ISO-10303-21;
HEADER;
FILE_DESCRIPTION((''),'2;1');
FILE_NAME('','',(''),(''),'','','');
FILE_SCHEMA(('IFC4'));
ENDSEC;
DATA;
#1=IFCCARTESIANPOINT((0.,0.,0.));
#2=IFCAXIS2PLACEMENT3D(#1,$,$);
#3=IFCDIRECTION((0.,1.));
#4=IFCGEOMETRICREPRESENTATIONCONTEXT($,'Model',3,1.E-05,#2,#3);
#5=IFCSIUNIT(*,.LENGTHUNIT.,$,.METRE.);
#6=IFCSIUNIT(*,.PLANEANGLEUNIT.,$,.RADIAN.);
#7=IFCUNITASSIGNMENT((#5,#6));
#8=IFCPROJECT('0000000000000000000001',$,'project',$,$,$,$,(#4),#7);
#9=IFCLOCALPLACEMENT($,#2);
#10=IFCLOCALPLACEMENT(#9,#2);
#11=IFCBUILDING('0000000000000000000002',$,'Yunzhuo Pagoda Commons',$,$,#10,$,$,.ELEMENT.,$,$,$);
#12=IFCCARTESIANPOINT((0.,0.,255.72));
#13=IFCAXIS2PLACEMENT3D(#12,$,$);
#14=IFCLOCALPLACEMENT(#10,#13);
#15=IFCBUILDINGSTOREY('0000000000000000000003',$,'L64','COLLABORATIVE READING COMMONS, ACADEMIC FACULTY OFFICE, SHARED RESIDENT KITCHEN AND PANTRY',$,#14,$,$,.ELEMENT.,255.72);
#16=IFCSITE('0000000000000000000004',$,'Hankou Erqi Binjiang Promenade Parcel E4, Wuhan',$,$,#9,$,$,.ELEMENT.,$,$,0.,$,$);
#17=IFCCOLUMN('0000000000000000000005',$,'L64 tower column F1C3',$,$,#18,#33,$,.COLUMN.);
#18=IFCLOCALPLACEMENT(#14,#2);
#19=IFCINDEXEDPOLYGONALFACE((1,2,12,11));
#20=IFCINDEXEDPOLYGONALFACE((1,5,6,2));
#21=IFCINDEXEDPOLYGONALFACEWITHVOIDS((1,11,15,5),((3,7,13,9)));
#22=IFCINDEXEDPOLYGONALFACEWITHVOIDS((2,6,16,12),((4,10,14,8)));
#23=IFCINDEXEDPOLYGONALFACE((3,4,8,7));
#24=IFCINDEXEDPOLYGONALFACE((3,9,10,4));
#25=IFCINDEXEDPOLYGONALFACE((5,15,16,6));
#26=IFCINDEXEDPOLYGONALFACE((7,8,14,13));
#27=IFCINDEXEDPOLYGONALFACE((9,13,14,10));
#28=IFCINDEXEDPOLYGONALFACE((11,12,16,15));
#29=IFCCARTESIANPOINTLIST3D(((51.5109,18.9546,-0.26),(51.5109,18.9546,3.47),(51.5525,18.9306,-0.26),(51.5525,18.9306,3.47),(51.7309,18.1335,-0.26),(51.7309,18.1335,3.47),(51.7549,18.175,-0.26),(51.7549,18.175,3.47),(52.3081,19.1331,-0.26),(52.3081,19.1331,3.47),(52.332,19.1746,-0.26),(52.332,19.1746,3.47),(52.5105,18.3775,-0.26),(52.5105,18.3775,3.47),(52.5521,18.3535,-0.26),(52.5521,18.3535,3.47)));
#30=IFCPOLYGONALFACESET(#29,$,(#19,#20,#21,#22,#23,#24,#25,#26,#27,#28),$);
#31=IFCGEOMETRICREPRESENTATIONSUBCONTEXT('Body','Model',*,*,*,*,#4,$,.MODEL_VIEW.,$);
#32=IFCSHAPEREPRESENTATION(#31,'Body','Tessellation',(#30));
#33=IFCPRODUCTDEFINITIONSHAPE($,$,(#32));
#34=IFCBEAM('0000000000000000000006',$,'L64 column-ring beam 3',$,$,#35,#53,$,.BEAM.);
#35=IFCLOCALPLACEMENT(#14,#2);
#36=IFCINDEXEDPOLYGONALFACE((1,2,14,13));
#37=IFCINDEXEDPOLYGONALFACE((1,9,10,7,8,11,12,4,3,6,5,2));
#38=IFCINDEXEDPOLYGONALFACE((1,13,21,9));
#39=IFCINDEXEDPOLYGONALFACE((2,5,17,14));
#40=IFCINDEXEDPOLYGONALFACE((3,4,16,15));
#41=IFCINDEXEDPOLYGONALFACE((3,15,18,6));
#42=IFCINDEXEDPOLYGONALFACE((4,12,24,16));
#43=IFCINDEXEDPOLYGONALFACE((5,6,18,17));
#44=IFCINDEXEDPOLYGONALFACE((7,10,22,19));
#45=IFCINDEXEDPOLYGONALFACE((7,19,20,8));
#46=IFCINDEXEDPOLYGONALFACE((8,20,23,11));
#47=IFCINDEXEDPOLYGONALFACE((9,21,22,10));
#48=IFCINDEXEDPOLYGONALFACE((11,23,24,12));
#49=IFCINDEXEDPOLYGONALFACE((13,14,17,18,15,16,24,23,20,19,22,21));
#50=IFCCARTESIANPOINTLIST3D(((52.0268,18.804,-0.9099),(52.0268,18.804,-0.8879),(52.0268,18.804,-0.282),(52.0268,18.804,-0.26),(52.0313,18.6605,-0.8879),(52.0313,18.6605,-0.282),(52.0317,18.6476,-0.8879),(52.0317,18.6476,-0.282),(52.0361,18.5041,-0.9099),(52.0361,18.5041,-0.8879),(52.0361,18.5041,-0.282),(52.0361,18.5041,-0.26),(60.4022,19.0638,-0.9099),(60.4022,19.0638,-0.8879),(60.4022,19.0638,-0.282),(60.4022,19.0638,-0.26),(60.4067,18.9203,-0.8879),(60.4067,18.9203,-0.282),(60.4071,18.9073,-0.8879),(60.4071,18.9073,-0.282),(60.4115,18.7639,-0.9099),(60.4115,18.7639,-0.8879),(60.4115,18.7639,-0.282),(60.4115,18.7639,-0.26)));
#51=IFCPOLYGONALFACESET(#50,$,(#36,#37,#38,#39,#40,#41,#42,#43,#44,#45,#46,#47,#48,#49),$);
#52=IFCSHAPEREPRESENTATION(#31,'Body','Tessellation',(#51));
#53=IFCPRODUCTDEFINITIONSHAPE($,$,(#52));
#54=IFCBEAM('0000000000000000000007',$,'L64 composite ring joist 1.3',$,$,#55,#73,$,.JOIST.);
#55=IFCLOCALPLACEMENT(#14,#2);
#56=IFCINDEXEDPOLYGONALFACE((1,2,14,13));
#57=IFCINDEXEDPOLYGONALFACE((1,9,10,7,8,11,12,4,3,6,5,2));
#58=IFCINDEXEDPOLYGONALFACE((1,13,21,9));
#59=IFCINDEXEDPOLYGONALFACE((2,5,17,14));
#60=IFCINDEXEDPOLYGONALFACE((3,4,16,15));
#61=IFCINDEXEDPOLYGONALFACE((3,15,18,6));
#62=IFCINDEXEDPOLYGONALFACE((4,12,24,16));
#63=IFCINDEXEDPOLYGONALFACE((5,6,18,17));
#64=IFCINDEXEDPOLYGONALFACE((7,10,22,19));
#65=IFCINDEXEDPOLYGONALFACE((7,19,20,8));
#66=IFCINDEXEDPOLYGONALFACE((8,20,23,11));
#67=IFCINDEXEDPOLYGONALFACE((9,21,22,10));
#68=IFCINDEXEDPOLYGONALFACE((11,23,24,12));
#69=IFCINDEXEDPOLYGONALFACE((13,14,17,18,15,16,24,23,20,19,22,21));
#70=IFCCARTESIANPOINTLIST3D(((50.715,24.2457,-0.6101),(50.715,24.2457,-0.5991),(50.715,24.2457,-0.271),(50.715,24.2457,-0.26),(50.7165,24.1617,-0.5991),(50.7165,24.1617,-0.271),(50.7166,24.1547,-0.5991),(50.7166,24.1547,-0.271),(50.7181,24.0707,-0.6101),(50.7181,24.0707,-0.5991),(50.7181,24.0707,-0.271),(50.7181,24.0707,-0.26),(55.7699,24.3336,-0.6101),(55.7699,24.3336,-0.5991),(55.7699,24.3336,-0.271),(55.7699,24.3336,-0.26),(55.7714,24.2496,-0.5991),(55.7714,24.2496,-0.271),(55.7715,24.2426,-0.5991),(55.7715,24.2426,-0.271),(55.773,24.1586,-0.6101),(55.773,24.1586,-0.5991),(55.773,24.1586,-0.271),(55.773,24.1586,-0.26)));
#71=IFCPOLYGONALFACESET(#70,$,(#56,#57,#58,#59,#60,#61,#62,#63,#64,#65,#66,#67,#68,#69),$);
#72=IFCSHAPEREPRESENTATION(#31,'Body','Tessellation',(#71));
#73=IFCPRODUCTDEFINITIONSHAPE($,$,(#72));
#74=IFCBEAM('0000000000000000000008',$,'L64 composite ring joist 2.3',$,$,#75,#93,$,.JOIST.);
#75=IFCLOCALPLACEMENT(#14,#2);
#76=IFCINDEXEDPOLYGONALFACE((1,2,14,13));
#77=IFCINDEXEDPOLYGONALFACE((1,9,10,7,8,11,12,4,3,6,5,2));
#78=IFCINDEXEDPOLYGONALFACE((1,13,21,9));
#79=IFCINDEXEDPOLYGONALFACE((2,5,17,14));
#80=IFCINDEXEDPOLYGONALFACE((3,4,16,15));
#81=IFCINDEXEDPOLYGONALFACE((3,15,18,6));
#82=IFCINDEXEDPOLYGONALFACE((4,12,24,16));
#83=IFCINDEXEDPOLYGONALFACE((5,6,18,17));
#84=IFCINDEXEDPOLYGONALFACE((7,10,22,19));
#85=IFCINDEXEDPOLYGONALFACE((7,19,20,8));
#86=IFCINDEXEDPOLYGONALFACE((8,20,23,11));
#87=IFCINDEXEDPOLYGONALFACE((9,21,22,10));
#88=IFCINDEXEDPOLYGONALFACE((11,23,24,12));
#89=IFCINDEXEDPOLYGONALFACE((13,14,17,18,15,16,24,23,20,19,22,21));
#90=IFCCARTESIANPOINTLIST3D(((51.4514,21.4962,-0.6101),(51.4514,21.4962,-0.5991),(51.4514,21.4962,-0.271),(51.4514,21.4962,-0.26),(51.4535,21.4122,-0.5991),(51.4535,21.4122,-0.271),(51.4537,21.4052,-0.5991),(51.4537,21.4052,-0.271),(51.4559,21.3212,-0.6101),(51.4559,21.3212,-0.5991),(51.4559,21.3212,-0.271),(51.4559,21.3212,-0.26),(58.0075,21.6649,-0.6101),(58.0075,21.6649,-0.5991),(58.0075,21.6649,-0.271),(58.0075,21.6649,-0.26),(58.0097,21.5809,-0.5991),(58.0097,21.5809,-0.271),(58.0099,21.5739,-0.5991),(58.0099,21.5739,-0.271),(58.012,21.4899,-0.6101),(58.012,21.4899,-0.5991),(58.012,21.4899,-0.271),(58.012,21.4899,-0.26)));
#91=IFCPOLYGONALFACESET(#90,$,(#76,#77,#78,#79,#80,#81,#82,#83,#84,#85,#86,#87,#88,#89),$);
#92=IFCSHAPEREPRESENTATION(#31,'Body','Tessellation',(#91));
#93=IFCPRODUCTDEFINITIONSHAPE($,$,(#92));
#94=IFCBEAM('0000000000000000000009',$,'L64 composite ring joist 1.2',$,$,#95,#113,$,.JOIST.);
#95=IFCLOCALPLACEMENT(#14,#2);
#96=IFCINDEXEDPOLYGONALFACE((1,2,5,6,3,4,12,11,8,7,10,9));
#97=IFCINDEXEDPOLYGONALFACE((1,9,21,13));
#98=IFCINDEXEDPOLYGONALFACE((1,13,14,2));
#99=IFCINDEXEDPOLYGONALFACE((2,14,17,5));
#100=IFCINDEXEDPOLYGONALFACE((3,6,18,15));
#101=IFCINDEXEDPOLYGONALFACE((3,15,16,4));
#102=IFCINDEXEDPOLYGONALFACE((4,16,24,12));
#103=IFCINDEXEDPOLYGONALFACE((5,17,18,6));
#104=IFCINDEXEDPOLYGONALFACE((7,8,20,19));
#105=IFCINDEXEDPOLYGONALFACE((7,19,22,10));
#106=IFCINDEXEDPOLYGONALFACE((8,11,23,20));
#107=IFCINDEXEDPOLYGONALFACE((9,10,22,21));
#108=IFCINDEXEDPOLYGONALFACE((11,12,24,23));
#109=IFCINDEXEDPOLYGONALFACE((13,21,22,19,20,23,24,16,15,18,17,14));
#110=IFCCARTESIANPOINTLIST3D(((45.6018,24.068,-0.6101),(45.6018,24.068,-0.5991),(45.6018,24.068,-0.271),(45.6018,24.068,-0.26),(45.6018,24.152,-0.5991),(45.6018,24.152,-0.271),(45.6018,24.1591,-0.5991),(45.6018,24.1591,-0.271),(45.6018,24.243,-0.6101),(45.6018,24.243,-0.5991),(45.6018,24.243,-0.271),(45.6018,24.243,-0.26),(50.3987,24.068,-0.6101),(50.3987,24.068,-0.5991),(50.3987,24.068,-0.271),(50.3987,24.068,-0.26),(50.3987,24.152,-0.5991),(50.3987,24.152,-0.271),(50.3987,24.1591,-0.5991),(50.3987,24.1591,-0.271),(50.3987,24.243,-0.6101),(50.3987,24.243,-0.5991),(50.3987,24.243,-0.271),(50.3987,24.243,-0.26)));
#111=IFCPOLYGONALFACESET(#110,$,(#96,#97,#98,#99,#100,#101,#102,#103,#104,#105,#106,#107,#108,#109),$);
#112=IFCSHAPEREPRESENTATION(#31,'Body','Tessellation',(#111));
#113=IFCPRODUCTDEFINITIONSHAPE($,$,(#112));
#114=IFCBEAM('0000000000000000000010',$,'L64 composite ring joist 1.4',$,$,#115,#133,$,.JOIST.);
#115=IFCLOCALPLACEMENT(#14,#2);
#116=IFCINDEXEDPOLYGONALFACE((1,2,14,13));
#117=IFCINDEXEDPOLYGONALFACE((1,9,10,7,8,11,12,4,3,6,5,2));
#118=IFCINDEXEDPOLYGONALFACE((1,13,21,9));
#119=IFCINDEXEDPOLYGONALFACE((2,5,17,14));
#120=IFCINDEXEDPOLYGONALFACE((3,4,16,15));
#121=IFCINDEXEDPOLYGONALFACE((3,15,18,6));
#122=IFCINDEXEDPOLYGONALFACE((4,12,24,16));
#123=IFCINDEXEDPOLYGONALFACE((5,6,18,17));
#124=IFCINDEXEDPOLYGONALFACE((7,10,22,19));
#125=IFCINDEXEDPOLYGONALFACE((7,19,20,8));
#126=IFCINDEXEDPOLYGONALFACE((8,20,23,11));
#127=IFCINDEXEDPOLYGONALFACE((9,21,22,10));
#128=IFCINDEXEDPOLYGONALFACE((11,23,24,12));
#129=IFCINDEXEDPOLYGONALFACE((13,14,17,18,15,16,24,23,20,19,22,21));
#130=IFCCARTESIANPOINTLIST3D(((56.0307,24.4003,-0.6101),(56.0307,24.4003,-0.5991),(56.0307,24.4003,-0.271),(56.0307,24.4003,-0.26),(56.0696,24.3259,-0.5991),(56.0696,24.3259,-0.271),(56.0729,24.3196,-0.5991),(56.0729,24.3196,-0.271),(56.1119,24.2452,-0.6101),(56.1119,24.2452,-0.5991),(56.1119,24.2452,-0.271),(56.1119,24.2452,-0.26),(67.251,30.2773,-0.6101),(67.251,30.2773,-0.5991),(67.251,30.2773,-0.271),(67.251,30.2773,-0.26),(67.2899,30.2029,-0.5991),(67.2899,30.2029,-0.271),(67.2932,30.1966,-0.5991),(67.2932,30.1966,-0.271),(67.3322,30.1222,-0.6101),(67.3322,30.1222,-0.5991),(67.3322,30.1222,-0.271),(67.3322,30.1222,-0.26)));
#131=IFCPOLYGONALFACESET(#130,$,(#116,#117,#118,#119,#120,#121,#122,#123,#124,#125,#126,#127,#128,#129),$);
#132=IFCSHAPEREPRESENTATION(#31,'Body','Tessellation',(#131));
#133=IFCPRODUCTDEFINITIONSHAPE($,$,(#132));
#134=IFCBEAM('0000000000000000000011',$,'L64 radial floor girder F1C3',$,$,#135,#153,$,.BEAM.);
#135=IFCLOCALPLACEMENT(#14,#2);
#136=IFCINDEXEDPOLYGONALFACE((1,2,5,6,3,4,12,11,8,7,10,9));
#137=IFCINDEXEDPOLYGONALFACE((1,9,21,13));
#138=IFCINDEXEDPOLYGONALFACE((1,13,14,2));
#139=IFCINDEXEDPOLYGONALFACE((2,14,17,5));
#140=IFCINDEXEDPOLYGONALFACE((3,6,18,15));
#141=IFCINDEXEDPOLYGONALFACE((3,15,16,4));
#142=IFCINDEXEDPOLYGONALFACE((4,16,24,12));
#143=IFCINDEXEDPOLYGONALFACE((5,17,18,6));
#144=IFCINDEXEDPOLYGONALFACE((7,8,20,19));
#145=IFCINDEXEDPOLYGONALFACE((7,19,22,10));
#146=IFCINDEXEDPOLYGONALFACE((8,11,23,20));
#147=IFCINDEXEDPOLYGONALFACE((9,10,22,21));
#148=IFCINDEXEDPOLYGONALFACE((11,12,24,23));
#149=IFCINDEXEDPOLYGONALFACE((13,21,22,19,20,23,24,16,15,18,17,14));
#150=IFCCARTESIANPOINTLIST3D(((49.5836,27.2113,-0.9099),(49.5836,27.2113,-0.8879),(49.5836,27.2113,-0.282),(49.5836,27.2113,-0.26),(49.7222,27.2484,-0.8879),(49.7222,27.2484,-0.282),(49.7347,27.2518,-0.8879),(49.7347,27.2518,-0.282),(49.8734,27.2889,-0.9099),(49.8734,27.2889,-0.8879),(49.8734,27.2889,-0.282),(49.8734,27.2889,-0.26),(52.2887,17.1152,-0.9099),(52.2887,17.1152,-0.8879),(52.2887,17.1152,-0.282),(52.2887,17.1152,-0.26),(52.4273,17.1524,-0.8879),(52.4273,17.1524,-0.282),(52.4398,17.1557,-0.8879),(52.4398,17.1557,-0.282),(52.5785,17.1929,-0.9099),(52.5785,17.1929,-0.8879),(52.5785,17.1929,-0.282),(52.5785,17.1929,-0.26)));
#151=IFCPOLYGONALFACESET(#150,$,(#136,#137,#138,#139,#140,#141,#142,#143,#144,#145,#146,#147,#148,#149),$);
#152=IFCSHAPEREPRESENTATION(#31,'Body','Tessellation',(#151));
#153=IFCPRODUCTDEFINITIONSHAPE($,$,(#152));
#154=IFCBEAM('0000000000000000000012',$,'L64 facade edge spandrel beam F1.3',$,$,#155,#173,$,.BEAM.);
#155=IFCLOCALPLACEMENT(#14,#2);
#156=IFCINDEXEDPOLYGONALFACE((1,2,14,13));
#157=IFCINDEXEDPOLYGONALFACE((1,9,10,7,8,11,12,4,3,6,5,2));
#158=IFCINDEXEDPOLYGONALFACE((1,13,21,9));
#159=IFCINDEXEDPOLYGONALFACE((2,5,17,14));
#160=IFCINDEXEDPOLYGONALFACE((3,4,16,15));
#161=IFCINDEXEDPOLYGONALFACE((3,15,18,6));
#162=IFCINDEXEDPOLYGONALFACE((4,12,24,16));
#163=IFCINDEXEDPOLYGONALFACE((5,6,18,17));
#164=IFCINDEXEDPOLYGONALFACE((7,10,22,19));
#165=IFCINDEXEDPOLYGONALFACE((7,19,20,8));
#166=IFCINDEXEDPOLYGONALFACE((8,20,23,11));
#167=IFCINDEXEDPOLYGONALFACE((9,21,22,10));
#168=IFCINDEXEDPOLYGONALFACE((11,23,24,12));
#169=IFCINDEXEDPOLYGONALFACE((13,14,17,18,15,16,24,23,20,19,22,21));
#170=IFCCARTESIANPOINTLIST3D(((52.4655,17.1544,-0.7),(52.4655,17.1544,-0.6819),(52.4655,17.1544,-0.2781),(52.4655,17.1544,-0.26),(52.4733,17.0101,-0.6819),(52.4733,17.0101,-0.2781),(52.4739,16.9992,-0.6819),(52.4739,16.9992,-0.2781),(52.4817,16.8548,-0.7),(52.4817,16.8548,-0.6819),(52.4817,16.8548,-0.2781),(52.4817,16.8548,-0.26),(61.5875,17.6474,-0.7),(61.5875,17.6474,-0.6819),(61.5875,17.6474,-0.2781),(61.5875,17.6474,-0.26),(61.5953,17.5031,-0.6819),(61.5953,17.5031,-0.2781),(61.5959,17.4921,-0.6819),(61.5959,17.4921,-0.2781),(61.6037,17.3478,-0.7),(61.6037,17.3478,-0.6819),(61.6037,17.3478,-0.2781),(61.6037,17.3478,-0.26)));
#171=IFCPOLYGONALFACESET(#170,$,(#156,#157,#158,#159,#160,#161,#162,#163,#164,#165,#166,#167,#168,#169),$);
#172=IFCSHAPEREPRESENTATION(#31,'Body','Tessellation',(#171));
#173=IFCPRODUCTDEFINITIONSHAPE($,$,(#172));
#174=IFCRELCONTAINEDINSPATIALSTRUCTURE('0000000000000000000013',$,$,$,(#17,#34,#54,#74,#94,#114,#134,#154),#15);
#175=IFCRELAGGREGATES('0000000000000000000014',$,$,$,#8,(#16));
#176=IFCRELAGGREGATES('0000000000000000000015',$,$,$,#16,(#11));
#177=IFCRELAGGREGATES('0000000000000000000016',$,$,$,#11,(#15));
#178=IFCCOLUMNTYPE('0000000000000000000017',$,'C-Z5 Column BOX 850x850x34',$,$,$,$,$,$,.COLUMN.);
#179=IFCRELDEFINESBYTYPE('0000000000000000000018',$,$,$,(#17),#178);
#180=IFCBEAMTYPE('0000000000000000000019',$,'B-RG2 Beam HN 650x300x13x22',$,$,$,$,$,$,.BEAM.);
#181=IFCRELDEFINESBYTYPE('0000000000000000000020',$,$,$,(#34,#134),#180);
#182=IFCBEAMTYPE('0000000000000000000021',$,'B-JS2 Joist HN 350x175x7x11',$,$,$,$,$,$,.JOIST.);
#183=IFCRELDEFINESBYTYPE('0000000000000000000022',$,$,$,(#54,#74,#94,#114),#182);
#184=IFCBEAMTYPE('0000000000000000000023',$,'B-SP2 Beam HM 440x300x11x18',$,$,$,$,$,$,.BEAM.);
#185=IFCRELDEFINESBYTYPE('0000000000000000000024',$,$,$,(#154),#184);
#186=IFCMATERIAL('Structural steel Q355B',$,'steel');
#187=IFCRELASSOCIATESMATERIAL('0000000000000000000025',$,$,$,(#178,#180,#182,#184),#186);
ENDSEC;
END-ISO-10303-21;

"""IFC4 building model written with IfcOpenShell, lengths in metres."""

from ifc_helpers import new_model, si_unit, direction, frame, origin, origin_2d, place, context, subcontext, project, spatial, hollow_rectangle, i_section, extrude, source, transform, mapped, material, material_profile, profile_set, type_object, element, save


model = new_model("IFC4")

# Units and contexts
model_context = context("Model", 3, precision=1e-05, world=origin(), true_north=direction((0.0, 1.0)))
body_context = subcontext(model_context, "Body", "Model", "MODEL_VIEW")
ifc_project = project(units=[si_unit("LENGTHUNIT", "METRE"), si_unit("PLANEANGLEUNIT", "RADIAN")], contexts=[model_context])

# Site, building, storey
site_placement = place(None, origin())
site = spatial("IfcSite", under=ifc_project, at=site_placement, Name="Hankou Erqi Binjiang Promenade Parcel E4, Wuhan", CompositionType="ELEMENT", RefElevation=0.0)
building_placement = place(site_placement, origin())
building = spatial("IfcBuilding", under=site, at=building_placement, Name="Yunzhuo Pagoda Commons", CompositionType="ELEMENT")
storey_placement = place(building_placement, frame((0.0, 0.0, 255.72)))
storey = spatial("IfcBuildingStorey", under=building, at=storey_placement, Name="L64", Description="COLLABORATIVE READING COMMONS, ACADEMIC FACULTY OFFICE, SHARED RESIDENT KITCHEN AND PANTRY", CompositionType="ELEMENT", Elevation=255.72)

# Column
ifc_material_1 = material(Name="Structural steel Q355B", Category="steel")
ifc_material_profile_1 = material_profile(ifc_material_1, hollow_rectangle(XDim=0.8501, YDim=0.8501, WallThickness=0.0339, at=origin_2d()), Name="Structural steel Q355B")
ifc_profile_set_1 = profile_set([ifc_material_profile_1], Name="Structural steel Q355B")
column_type = type_object("IfcColumnType", Name="C-Z5 Column BOX 850x850x34", PredefinedType="COLUMN", material=ifc_profile_set_1)
shared_shape_1 = source(origin(), body_context, "Body", "SweptSolid", [
    extrude(hollow_rectangle(XDim=0.8501, YDim=0.8501, WallThickness=0.0339, at=origin_2d()), origin(), (0.0, 0.0, 1.0), 3.73),
])
column_placement = place(storey_placement, frame((52.0315, 18.6541, -0.26), z_axis=(0.0, 0.0, 1.0), x_axis=(0.965926, 0.258819, 0.0)))
element("IfcColumn", 1, at=column_placement, inside=storey, type_object=column_type, Name="L64 tower column F1C3", PredefinedType="COLUMN", context=body_context, shape_type="MappedRepresentation", body=[
    mapped(shared_shape_1, transform((0.0, 0.0, 0.0), scale=1.0)),
])

# Beams
ifc_material_profile_2 = material_profile(ifc_material_1, i_section(OverallWidth=0.3, OverallDepth=0.6499, WebThickness=0.0129, FlangeThickness=0.022, at=origin_2d()), Name="Structural steel Q355B")
ifc_profile_set_2 = profile_set([ifc_material_profile_2], Name="Structural steel Q355B")
beam_type_1 = type_object("IfcBeamType", Name="B-RG2 Beam HN 650x300x13x22", PredefinedType="BEAM", material=ifc_profile_set_2)
shared_shape_2 = source(origin(), body_context, "Body", "SweptSolid", [
    extrude(i_section(OverallWidth=0.3, OverallDepth=0.6499, WebThickness=0.0129, FlangeThickness=0.022, at=origin_2d()), origin(), (0.0, 0.0, 1.0), 8.3794),
])
beam_1_placement = place(storey_placement, frame((52.0315, 18.6541, -0.585), z_axis=(0.999519, 0.031, 0.0), x_axis=(-0.031, 0.999519, 0.0)))
element("IfcBeam", 2, at=beam_1_placement, inside=storey, type_object=beam_type_1, Name="L64 column-ring beam 3", PredefinedType="BEAM", context=body_context, shape_type="MappedRepresentation", body=[
    mapped(shared_shape_2, transform((0.0, 0.0, 0.0), scale=1.0)),
])
ifc_material_profile_3 = material_profile(ifc_material_1, i_section(OverallWidth=0.175, OverallDepth=0.3501, WebThickness=0.0071, FlangeThickness=0.011, at=origin_2d()), Name="Structural steel Q355B")
ifc_profile_set_3 = profile_set([ifc_material_profile_3], Name="Structural steel Q355B")
beam_type_2 = type_object("IfcBeamType", Name="B-JS2 Joist HN 350x175x7x11", PredefinedType="JOIST", material=ifc_profile_set_3)
shared_shape_3 = source(origin(), body_context, "Body", "SweptSolid", [
    extrude(i_section(OverallWidth=0.175, OverallDepth=0.3501, WebThickness=0.0071, FlangeThickness=0.011, at=origin_2d()), origin(), (0.0, 0.0, 1.0), 5.0557),
])
beam_2_placement = place(storey_placement, frame((50.7166, 24.1582, -0.4351), z_axis=(0.999849, 0.017384, 0.0), x_axis=(-0.017384, 0.999849, 0.0)))
element("IfcBeam", 3, at=beam_2_placement, inside=storey, type_object=beam_type_2, Name="L64 composite ring joist 1.3", PredefinedType="JOIST", context=body_context, shape_type="MappedRepresentation", body=[
    mapped(shared_shape_3, transform((0.0, 0.0, 0.0), scale=1.0)),
])
shared_shape_4 = source(origin(), body_context, "Body", "SweptSolid", [
    extrude(i_section(OverallWidth=0.175, OverallDepth=0.3501, WebThickness=0.0071, FlangeThickness=0.011, at=origin_2d()), origin(), (0.0, 0.0, 1.0), 6.5583),
])
beam_3_placement = place(storey_placement, frame((51.4536, 21.4087, -0.4351), z_axis=(0.999669, 0.025723, 0.0), x_axis=(-0.025723, 0.999669, 0.0)))
element("IfcBeam", 4, at=beam_3_placement, inside=storey, type_object=beam_type_2, Name="L64 composite ring joist 2.3", PredefinedType="JOIST", context=body_context, shape_type="MappedRepresentation", body=[
    mapped(shared_shape_4, transform((0.0, 0.0, 0.0), scale=1.0)),
])
shared_shape_5 = source(origin(), body_context, "Body", "SweptSolid", [
    extrude(i_section(OverallWidth=0.175, OverallDepth=0.3501, WebThickness=0.0071, FlangeThickness=0.011, at=origin_2d()), origin(), (0.0, 0.0, 1.0), 4.7969),
])
beam_4_placement = place(storey_placement, frame((45.6018, 24.1555, -0.4351), z_axis=(1.0, 0.0, 0.0), x_axis=(0.0, 1.0, 0.0)))
element("IfcBeam", 5, at=beam_4_placement, inside=storey, type_object=beam_type_2, Name="L64 composite ring joist 1.2", PredefinedType="JOIST", context=body_context, shape_type="MappedRepresentation", body=[
    mapped(shared_shape_5, transform((0.0, 0.0, 0.0), scale=1.0)),
])
shared_shape_6 = source(origin(), body_context, "Body", "SweptSolid", [
    extrude(i_section(OverallWidth=0.175, OverallDepth=0.3501, WebThickness=0.0071, FlangeThickness=0.011, at=origin_2d()), origin(), (0.0, 0.0, 1.0), 12.6663),
])
beam_5_placement = place(storey_placement, frame((56.0713, 24.3228, -0.4351), z_axis=(0.885841, 0.463988, 0.0), x_axis=(-0.463988, 0.885841, 0.0)))
element("IfcBeam", 6, at=beam_5_placement, inside=storey, type_object=beam_type_2, Name="L64 composite ring joist 1.4", PredefinedType="JOIST", context=body_context, shape_type="MappedRepresentation", body=[
    mapped(shared_shape_6, transform((0.0, 0.0, 0.0), scale=1.0)),
])
shared_shape_7 = source(origin(), body_context, "Body", "SweptSolid", [
    extrude(i_section(OverallWidth=0.3, OverallDepth=0.6499, WebThickness=0.0129, FlangeThickness=0.022, at=origin_2d()), origin(), (0.0, 0.0, 1.0), 10.4521),
])
beam_6_placement = place(storey_placement, frame((52.4336, 17.1541, -0.585), z_axis=(-0.258808, 0.965929, 0.0), x_axis=(-0.965929, -0.258808, 0.0)))
element("IfcBeam", 7, at=beam_6_placement, inside=storey, type_object=beam_type_1, Name="L64 radial floor girder F1C3", PredefinedType="BEAM", context=body_context, shape_type="MappedRepresentation", body=[
    mapped(shared_shape_7, transform((0.0, 0.0, 0.0), scale=1.0)),
])
ifc_material_profile_4 = material_profile(ifc_material_1, i_section(OverallWidth=0.3, OverallDepth=0.4399, WebThickness=0.011, FlangeThickness=0.0181, at=origin_2d()), Name="Structural steel Q355B")
ifc_profile_set_4 = profile_set([ifc_material_profile_4], Name="Structural steel Q355B")
beam_type_3 = type_object("IfcBeamType", Name="B-SP2 Beam HM 440x300x11x18", PredefinedType="BEAM", material=ifc_profile_set_4)
shared_shape_8 = source(origin(), body_context, "Body", "SweptSolid", [
    extrude(i_section(OverallWidth=0.3, OverallDepth=0.4399, WebThickness=0.011, FlangeThickness=0.0181, at=origin_2d()), origin(), (0.0, 0.0, 1.0), 9.1353),
])
beam_7_placement = place(storey_placement, frame((52.4736, 17.0046, -0.48), z_axis=(0.998543, 0.053959, 0.0), x_axis=(-0.053959, 0.998543, 0.0)))
element("IfcBeam", 8, at=beam_7_placement, inside=storey, type_object=beam_type_3, Name="L64 facade edge spandrel beam F1.3", PredefinedType="BEAM", context=body_context, shape_type="MappedRepresentation", body=[
    mapped(shared_shape_8, transform((0.0, 0.0, 0.0), scale=1.0)),
])

save(model, "model.ifc")
